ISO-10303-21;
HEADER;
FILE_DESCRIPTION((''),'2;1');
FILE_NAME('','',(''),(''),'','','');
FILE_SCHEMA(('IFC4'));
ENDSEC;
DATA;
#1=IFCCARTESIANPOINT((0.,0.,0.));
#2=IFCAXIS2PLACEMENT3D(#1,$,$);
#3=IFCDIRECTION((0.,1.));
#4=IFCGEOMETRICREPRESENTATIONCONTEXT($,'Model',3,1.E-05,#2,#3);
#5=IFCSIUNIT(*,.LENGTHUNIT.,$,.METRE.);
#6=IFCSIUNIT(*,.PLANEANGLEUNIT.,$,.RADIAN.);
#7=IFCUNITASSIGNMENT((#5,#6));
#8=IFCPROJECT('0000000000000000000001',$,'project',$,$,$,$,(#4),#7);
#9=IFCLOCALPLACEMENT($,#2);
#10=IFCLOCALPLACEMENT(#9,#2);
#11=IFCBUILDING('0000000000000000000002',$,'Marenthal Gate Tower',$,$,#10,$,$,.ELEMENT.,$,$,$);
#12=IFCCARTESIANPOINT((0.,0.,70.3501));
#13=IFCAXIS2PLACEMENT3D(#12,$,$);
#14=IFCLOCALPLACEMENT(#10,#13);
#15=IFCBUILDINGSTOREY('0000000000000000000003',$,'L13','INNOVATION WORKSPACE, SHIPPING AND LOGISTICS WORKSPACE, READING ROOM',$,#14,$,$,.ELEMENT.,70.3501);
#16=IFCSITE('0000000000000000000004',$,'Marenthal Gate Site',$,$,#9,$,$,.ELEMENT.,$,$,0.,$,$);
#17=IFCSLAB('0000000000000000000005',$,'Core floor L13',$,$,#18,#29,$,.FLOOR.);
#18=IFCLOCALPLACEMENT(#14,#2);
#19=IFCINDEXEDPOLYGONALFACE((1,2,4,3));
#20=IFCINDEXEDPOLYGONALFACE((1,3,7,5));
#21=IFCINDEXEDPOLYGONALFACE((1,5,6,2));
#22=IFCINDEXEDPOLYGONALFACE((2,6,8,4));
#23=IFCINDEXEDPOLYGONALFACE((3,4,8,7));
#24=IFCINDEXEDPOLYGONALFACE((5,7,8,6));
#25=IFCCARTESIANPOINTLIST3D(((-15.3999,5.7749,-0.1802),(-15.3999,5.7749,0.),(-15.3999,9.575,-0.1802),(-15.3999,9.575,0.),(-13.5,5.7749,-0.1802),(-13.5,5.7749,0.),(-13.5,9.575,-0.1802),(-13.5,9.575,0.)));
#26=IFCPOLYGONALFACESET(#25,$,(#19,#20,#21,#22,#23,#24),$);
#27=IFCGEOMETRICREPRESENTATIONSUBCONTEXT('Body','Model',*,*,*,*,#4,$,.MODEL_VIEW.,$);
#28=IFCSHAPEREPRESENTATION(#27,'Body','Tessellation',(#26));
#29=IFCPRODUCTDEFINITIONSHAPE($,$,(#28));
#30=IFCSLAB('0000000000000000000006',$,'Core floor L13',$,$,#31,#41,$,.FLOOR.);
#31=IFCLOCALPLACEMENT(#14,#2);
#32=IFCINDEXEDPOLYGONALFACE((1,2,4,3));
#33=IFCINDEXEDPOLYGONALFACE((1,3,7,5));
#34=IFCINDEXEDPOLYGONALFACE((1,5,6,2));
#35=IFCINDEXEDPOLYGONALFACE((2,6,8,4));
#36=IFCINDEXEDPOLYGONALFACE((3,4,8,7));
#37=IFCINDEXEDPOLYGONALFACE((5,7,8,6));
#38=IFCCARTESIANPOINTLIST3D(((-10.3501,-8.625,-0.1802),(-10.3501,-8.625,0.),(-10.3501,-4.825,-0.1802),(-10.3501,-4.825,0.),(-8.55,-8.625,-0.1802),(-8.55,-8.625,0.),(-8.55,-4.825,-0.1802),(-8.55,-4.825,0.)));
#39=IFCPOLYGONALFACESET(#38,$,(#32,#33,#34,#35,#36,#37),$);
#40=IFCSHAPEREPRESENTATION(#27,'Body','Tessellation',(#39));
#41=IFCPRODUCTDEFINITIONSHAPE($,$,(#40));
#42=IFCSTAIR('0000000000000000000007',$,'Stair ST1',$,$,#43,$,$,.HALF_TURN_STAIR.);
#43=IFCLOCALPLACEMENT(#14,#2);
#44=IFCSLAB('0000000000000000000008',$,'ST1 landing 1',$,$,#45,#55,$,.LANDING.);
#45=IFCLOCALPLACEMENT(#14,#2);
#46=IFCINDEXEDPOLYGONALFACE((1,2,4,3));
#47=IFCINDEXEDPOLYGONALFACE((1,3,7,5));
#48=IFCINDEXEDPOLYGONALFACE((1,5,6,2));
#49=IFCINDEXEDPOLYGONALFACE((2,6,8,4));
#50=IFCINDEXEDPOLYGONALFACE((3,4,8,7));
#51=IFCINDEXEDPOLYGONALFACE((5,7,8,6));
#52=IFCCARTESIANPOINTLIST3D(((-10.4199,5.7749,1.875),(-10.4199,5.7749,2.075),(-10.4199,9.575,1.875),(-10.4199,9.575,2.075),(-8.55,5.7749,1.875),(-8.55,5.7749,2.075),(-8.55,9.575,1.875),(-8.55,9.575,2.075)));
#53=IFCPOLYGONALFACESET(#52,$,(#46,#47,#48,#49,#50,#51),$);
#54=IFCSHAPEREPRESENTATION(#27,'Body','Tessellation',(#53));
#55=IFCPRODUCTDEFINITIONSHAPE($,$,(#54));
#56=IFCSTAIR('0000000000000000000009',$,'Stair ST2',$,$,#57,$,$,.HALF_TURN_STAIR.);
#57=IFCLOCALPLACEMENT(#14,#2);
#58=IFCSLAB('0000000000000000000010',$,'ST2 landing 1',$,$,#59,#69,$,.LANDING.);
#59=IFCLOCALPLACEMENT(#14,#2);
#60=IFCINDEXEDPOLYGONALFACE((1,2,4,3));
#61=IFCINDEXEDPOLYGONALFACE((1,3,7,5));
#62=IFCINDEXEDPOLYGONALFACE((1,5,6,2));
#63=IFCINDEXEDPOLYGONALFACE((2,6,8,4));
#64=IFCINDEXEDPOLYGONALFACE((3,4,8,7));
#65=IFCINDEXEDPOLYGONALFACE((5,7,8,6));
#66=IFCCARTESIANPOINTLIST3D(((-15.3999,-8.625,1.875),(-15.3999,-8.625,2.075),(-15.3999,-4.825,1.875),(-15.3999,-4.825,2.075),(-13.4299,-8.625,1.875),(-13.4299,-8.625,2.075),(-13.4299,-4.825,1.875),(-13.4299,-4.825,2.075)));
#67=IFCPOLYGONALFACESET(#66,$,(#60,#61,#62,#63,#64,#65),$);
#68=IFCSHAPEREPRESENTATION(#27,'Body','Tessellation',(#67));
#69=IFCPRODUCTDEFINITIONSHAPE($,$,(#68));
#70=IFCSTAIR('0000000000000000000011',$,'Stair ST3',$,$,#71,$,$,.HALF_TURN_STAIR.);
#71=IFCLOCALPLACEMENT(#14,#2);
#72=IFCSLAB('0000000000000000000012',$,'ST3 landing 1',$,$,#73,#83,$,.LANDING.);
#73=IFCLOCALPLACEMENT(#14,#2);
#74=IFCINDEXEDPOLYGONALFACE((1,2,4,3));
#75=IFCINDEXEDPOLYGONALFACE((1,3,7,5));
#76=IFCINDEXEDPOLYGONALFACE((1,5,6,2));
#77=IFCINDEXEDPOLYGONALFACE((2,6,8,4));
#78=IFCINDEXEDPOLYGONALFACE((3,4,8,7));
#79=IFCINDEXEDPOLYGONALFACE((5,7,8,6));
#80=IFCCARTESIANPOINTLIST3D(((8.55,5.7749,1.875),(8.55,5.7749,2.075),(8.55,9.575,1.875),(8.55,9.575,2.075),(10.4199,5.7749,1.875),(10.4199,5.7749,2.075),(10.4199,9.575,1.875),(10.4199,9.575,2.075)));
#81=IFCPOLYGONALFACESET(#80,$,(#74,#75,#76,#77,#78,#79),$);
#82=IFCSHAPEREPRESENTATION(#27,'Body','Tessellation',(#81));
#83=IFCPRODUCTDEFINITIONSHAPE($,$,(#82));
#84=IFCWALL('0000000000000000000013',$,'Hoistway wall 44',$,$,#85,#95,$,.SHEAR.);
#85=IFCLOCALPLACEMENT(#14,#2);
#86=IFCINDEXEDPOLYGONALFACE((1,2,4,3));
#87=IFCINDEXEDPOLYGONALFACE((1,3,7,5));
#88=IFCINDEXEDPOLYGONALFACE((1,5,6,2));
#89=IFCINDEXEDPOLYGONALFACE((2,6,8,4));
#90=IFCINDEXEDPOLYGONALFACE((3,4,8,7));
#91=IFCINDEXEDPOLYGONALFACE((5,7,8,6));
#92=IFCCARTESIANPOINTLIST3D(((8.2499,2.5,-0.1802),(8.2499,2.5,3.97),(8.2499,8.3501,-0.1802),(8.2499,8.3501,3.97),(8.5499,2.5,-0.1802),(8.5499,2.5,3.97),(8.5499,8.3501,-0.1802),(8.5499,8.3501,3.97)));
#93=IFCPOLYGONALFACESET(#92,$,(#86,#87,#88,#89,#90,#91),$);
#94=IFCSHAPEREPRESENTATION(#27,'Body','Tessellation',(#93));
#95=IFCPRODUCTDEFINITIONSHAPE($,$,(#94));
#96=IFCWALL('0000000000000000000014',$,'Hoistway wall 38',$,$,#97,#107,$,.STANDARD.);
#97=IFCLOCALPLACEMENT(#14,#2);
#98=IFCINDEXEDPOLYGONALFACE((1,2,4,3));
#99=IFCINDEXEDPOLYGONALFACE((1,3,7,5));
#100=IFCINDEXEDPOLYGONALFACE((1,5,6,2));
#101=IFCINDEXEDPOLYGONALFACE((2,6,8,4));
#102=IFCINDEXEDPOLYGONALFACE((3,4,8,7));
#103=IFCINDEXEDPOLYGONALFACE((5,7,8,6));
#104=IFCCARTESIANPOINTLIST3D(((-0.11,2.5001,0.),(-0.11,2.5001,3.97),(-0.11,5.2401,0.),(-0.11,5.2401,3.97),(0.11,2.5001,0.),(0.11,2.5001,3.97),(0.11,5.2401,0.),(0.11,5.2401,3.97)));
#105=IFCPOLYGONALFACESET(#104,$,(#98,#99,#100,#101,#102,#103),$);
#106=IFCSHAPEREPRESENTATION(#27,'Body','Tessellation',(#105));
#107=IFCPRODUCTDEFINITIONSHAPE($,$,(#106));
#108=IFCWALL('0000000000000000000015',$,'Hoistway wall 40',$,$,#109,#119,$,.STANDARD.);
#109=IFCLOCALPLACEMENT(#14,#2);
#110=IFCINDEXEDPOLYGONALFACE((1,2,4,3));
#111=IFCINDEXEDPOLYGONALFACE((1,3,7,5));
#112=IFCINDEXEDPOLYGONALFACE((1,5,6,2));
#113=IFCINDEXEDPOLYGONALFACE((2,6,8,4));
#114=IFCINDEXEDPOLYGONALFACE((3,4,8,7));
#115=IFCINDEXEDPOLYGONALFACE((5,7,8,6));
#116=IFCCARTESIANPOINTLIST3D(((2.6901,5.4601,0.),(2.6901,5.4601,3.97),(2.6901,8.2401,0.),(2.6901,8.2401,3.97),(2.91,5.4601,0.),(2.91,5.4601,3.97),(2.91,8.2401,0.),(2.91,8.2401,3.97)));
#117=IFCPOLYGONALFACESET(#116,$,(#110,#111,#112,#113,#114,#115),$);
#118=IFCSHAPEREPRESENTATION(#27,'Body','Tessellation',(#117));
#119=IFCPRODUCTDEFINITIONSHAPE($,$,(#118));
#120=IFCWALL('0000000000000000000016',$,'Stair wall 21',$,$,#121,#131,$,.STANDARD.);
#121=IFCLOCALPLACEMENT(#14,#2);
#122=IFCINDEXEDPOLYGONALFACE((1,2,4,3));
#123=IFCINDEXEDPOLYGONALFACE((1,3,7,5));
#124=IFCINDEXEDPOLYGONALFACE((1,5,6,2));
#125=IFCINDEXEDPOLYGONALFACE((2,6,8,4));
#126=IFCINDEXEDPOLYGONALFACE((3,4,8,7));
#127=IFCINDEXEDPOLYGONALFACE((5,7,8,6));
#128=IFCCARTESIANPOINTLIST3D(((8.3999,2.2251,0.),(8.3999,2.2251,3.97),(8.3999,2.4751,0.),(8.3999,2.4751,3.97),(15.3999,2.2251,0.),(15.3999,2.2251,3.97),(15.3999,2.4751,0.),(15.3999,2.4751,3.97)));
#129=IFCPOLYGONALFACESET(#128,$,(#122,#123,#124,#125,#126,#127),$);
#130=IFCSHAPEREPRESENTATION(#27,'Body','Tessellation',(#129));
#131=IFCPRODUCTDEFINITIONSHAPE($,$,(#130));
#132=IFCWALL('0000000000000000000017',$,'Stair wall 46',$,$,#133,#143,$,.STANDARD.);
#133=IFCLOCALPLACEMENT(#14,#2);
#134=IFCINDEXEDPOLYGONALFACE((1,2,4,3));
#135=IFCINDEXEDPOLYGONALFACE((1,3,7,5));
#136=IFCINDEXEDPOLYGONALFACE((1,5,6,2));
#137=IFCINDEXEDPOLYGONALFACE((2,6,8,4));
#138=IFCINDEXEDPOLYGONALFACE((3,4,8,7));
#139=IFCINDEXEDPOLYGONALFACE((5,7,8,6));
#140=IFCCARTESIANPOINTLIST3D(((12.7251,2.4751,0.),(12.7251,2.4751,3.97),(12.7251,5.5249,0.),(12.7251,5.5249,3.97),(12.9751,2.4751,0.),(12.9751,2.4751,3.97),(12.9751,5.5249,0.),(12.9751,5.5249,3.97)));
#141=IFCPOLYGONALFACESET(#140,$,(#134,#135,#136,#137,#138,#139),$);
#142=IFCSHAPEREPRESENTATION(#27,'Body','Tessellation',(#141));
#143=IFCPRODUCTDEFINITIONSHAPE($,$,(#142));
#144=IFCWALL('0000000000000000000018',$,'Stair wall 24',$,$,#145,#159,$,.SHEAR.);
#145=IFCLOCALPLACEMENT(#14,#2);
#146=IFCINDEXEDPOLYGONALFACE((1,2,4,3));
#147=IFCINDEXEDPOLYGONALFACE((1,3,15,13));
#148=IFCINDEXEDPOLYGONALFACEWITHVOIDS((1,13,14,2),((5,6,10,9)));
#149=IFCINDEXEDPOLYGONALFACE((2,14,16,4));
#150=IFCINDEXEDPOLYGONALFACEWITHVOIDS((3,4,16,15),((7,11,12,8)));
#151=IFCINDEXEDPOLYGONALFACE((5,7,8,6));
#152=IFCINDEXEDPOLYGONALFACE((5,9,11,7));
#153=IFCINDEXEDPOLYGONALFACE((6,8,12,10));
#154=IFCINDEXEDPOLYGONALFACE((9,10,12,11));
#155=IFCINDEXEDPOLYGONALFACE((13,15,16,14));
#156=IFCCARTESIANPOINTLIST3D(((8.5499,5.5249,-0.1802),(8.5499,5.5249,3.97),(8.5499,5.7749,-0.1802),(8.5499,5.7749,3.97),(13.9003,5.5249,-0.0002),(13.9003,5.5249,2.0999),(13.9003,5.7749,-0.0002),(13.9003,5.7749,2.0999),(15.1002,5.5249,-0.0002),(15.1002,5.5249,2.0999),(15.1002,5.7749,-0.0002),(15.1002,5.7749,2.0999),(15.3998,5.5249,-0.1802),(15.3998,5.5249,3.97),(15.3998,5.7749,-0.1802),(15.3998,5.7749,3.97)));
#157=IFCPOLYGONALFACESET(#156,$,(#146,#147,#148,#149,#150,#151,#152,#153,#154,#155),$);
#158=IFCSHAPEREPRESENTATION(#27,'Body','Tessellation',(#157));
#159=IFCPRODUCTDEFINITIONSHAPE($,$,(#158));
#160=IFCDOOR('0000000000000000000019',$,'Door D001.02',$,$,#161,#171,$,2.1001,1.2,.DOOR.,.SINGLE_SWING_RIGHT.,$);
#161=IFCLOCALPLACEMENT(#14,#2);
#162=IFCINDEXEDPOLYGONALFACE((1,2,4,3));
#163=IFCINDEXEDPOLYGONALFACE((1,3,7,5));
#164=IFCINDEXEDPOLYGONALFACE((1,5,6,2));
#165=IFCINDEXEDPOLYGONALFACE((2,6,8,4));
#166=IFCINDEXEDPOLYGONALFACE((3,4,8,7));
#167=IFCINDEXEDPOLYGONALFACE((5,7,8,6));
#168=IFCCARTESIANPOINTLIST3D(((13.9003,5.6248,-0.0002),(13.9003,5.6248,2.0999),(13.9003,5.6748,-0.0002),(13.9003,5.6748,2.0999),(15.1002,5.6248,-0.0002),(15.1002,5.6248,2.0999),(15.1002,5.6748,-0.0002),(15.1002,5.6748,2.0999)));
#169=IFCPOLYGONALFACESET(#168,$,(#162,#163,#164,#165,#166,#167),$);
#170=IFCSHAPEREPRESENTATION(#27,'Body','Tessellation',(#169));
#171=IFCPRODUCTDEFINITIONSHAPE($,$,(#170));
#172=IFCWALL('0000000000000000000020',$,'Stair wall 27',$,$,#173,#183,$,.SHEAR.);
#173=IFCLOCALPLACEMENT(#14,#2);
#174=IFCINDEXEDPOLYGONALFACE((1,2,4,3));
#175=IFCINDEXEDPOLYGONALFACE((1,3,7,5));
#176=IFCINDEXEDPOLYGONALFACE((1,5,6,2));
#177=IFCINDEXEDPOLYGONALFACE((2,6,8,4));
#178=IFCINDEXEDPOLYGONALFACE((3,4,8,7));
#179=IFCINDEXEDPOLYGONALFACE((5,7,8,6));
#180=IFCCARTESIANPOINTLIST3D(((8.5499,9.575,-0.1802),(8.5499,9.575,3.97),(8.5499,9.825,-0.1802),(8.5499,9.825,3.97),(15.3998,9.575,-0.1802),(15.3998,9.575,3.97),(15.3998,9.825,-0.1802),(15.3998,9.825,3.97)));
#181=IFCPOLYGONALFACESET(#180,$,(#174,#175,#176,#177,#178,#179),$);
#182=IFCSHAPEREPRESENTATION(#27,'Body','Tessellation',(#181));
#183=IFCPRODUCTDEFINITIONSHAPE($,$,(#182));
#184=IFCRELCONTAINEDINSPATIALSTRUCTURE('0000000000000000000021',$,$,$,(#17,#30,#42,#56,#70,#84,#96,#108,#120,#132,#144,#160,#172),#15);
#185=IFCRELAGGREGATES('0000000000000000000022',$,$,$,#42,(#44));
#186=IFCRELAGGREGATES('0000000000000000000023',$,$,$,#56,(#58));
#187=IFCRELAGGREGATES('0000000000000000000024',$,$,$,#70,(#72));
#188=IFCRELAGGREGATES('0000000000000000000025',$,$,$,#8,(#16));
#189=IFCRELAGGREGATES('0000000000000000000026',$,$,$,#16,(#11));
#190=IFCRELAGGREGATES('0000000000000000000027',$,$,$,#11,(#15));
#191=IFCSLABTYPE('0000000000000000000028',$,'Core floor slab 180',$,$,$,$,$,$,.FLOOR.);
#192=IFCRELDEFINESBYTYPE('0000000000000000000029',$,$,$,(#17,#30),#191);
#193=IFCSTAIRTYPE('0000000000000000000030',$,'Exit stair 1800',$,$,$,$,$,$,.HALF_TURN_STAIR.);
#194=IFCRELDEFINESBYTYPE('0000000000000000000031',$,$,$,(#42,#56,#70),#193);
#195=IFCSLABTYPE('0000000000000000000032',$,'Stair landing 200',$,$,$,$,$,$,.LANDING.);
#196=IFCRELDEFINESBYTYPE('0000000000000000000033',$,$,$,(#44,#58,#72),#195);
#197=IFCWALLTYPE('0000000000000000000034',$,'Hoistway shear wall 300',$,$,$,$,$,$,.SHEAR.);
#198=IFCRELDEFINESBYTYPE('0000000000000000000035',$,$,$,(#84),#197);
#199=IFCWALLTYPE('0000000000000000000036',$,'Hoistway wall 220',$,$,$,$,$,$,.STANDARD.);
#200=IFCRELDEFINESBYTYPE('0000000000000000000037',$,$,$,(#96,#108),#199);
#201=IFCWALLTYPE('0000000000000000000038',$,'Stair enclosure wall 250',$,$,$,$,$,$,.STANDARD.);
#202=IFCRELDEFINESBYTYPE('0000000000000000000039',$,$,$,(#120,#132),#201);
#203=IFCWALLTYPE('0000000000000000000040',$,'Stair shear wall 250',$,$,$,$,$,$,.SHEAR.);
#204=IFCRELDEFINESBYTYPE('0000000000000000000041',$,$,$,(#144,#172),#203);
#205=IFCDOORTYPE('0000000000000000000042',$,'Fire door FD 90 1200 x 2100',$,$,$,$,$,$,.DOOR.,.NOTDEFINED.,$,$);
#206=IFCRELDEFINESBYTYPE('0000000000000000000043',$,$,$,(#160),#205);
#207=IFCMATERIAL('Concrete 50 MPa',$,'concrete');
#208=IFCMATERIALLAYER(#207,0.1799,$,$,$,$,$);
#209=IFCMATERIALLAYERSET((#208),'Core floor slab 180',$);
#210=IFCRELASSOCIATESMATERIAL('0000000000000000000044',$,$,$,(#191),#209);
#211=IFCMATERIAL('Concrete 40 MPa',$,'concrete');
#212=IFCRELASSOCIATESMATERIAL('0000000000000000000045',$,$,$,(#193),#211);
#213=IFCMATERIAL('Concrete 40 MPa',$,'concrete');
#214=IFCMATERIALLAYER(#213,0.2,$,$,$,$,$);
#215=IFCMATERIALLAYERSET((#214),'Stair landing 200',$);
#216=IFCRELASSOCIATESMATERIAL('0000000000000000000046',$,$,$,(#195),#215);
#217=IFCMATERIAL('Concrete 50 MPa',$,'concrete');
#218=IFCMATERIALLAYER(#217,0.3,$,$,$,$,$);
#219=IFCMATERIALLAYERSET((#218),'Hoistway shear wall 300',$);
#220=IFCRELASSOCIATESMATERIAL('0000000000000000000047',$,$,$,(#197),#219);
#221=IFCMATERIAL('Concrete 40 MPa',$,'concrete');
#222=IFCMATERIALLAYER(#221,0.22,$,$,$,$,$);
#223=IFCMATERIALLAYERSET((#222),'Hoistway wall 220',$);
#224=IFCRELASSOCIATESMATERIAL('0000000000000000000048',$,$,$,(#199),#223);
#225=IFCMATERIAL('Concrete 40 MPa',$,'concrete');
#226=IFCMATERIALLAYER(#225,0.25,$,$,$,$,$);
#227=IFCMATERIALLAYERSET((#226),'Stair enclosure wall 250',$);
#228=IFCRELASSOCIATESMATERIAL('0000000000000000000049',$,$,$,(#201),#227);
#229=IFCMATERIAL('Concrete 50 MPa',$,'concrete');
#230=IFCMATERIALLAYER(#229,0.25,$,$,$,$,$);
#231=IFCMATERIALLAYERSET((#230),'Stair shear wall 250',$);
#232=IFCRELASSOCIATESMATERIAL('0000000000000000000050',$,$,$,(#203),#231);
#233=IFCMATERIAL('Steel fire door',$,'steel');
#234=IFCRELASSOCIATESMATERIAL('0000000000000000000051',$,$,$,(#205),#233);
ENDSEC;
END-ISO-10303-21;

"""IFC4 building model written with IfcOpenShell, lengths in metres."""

from ifc_helpers import new_model, si_unit, direction, frame, frame_2d, origin, place, context, subcontext, project, spatial, polyline, rectangle, outline, extrude, material, layer, layer_set, type_object, element, fill, aggregate, save


model = new_model("IFC4")

# Units and contexts
model_context = context("Model", 3, precision=1e-05, world=origin(), true_north=direction((0.0, 1.0)))
body_context = subcontext(model_context, "Body", "Model", "MODEL_VIEW")
ifc_project = project(units=[si_unit("LENGTHUNIT", "METRE"), si_unit("PLANEANGLEUNIT", "RADIAN")], contexts=[model_context])

# Site, building, storey
site_placement = place(None, origin())
site = spatial("IfcSite", under=ifc_project, at=site_placement, Name="Marenthal Gate Site", CompositionType="ELEMENT", RefElevation=0.0)
building_placement = place(site_placement, origin())
building = spatial("IfcBuilding", under=site, at=building_placement, Name="Marenthal Gate Tower", CompositionType="ELEMENT")
storey_placement = place(building_placement, frame((0.0, 0.0, 70.3501)))
storey = spatial("IfcBuildingStorey", under=building, at=storey_placement, Name="L13", Description="INNOVATION WORKSPACE, SHIPPING AND LOGISTICS WORKSPACE, READING ROOM", CompositionType="ELEMENT", Elevation=70.3501)

# Slabs
ifc_material_1 = material(Name="Concrete 50 MPa", Category="concrete")
ifc_layer_1 = layer(ifc_material_1, 0.1799)
ifc_layer_set_1 = layer_set([ifc_layer_1], Name="Core floor slab 180")
slab_type_1 = type_object("IfcSlabType", Name="Core floor slab 180", PredefinedType="FLOOR", material=ifc_layer_set_1)
slab_1_placement = place(storey_placement, frame((0.0, 0.0, -0.1802)))
element("IfcSlab", 1, at=slab_1_placement, inside=storey, type_object=slab_type_1, Name="Core floor L13", PredefinedType="FLOOR", context=body_context, shape_type="SweptSolid", body=[
    extrude(outline(polyline([(-15.3999, 9.575), (-13.5, 9.575), (-13.5, 5.7749), (-15.3999, 5.7749), (-15.3999, 9.575)])), origin(), (0.0, 0.0, 1.0), 0.1802),
])
slab_2_placement = place(storey_placement, frame((0.0, 0.0, -0.1802)))
element("IfcSlab", 2, at=slab_2_placement, inside=storey, type_object=slab_type_1, Name="Core floor L13", PredefinedType="FLOOR", context=body_context, shape_type="SweptSolid", body=[
    extrude(outline(polyline([(-8.55, -8.625), (-10.3501, -8.625), (-10.3501, -4.825), (-8.55, -4.825), (-8.55, -8.625)])), origin(), (0.0, 0.0, 1.0), 0.1802),
])

# Stairs, slabs
ifc_material_2 = material(Name="Concrete 40 MPa", Category="concrete")
stair_type = type_object("IfcStairType", Name="Exit stair 1800", PredefinedType="HALF_TURN_STAIR", material=ifc_material_2)
stair_1_placement = place(storey_placement, origin())
stair_1 = element("IfcStair", 3, at=stair_1_placement, inside=storey, type_object=stair_type, Name="Stair ST1", PredefinedType="HALF_TURN_STAIR")
ifc_material_3 = material(Name="Concrete 40 MPa", Category="concrete")
ifc_layer_2 = layer(ifc_material_3, 0.2)
ifc_layer_set_2 = layer_set([ifc_layer_2], Name="Stair landing 200")
slab_type_2 = type_object("IfcSlabType", Name="Stair landing 200", PredefinedType="LANDING", material=ifc_layer_set_2)
slab_3_placement = place(storey_placement, frame((0.0, 0.0, 1.875)))
slab_3 = element("IfcSlab", 4, at=slab_3_placement, type_object=slab_type_2, Name="ST1 landing 1", PredefinedType="LANDING", context=body_context, shape_type="SweptSolid", body=[
    extrude(outline(polyline([(-10.4199, 5.7749), (-8.55, 5.7749), (-8.55, 9.575), (-10.4199, 9.575), (-10.4199, 5.7749)])), origin(), (0.0, 0.0, 1.0), 0.2),
])
aggregate(stair_1, [slab_3])
stair_2_placement = place(storey_placement, origin())
stair_2 = element("IfcStair", 5, at=stair_2_placement, inside=storey, type_object=stair_type, Name="Stair ST2", PredefinedType="HALF_TURN_STAIR")
slab_4_placement = place(storey_placement, frame((0.0, 0.0, 1.875)))
slab_4 = element("IfcSlab", 6, at=slab_4_placement, type_object=slab_type_2, Name="ST2 landing 1", PredefinedType="LANDING", context=body_context, shape_type="SweptSolid", body=[
    extrude(outline(polyline([(-15.3999, -8.625), (-13.4299, -8.625), (-13.4299, -4.825), (-15.3999, -4.825), (-15.3999, -8.625)])), origin(), (0.0, 0.0, 1.0), 0.2),
])
aggregate(stair_2, [slab_4])
stair_3_placement = place(storey_placement, origin())
stair_3 = element("IfcStair", 7, at=stair_3_placement, inside=storey, type_object=stair_type, Name="Stair ST3", PredefinedType="HALF_TURN_STAIR")
slab_5_placement = place(storey_placement, frame((0.0, 0.0, 1.875)))
slab_5 = element("IfcSlab", 8, at=slab_5_placement, type_object=slab_type_2, Name="ST3 landing 1", PredefinedType="LANDING", context=body_context, shape_type="SweptSolid", body=[
    extrude(outline(polyline([(8.55, 5.7749), (10.4199, 5.7749), (10.4199, 9.575), (8.55, 9.575), (8.55, 5.7749)])), origin(), (0.0, 0.0, 1.0), 0.2),
])

# Walls
ifc_material_4 = material(Name="Concrete 50 MPa", Category="concrete")
ifc_layer_3 = layer(ifc_material_4, 0.3)
ifc_layer_set_3 = layer_set([ifc_layer_3], Name="Hoistway shear wall 300")
wall_type_1 = type_object("IfcWallType", Name="Hoistway shear wall 300", PredefinedType="SHEAR", material=ifc_layer_set_3)
wall_1_placement = place(storey_placement, frame((8.3999, 2.5, -0.1802), z_axis=(0.0, 0.0, 1.0), x_axis=(0.0, 1.0, 0.0)))
element("IfcWall", 9, at=wall_1_placement, inside=storey, type_object=wall_type_1, Name="Hoistway wall 44", PredefinedType="SHEAR", context=body_context, shape_type="SweptSolid", body=[
    extrude(rectangle(XDim=5.8501, YDim=0.3, at=frame_2d((2.925, 0.0))), origin(), (0.0, 0.0, 1.0), 4.1501),
])
ifc_material_5 = material(Name="Concrete 40 MPa", Category="concrete")
ifc_layer_4 = layer(ifc_material_5, 0.22)
ifc_layer_set_4 = layer_set([ifc_layer_4], Name="Hoistway wall 220")
wall_type_2 = type_object("IfcWallType", Name="Hoistway wall 220", PredefinedType="STANDARD", material=ifc_layer_set_4)
wall_2_placement = place(storey_placement, frame((0.0, 2.5, 0.0), z_axis=(0.0, 0.0, 1.0), x_axis=(0.0, 1.0, 0.0)))
element("IfcWall", 10, at=wall_2_placement, inside=storey, type_object=wall_type_2, Name="Hoistway wall 38", PredefinedType="STANDARD", context=body_context, shape_type="SweptSolid", body=[
    extrude(rectangle(XDim=2.74, YDim=0.22, at=frame_2d((1.3701, 0.0))), origin(), (0.0, 0.0, 1.0), 3.97),
])
wall_3_placement = place(storey_placement, frame((2.8, 5.46, 0.0), z_axis=(0.0, 0.0, 1.0), x_axis=(0.0, 1.0, 0.0)))
element("IfcWall", 11, at=wall_3_placement, inside=storey, type_object=wall_type_2, Name="Hoistway wall 40", PredefinedType="STANDARD", context=body_context, shape_type="SweptSolid", body=[
    extrude(rectangle(XDim=2.78, YDim=0.22, at=frame_2d((1.3901, 0.0))), origin(), (0.0, 0.0, 1.0), 3.97),
])
ifc_material_6 = material(Name="Concrete 40 MPa", Category="concrete")
ifc_layer_5 = layer(ifc_material_6, 0.25)
ifc_layer_set_5 = layer_set([ifc_layer_5], Name="Stair enclosure wall 250")
wall_type_3 = type_object("IfcWallType", Name="Stair enclosure wall 250", PredefinedType="STANDARD", material=ifc_layer_set_5)
wall_4_placement = place(storey_placement, frame((8.3999, 2.3501, 0.0), z_axis=(0.0, 0.0, 1.0), x_axis=(1.0, 0.0, 0.0)))
element("IfcWall", 12, at=wall_4_placement, inside=storey, type_object=wall_type_3, Name="Stair wall 21", PredefinedType="STANDARD", context=body_context, shape_type="SweptSolid", body=[
    extrude(rectangle(XDim=7.0, YDim=0.25, at=frame_2d((3.5, 0.0))), origin(), (0.0, 0.0, 1.0), 3.97),
])
wall_5_placement = place(storey_placement, frame((12.8501, 2.4751, 0.0), z_axis=(0.0, 0.0, 1.0), x_axis=(0.0, 1.0, 0.0)))
element("IfcWall", 13, at=wall_5_placement, inside=storey, type_object=wall_type_3, Name="Stair wall 46", PredefinedType="STANDARD", context=body_context, shape_type="SweptSolid", body=[
    extrude(rectangle(XDim=3.0498, YDim=0.25, at=frame_2d((1.5249, 0.0))), origin(), (0.0, 0.0, 1.0), 3.97),
])

# Wall, opening, door
ifc_material_7 = material(Name="Concrete 50 MPa", Category="concrete")
ifc_layer_6 = layer(ifc_material_7, 0.25)
ifc_layer_set_6 = layer_set([ifc_layer_6], Name="Stair shear wall 250")
wall_type_4 = type_object("IfcWallType", Name="Stair shear wall 250", PredefinedType="SHEAR", material=ifc_layer_set_6)
wall_6_placement = place(storey_placement, frame((8.55, 5.6499, -0.1802), z_axis=(0.0, 0.0, 1.0), x_axis=(1.0, 0.0, 0.0)))
wall_6 = element("IfcWall", 14, at=wall_6_placement, inside=storey, type_object=wall_type_4, Name="Stair wall 24", PredefinedType="SHEAR", context=body_context, shape_type="SweptSolid", body=[
    extrude(rectangle(XDim=6.8499, YDim=0.25, at=frame_2d((3.4248, 0.0))), origin(), (0.0, 0.0, 1.0), 4.1501),
])
opening_placement = place(wall_6_placement, frame((5.3501, 0.0, 0.1799)))
opening = element("IfcOpeningElement", 15, at=opening_placement, cuts=wall_6, PredefinedType="OPENING", context=body_context, shape_type="SweptSolid", body=[
    extrude(rectangle(XDim=1.2, YDim=2.1001, at=frame_2d((0.6001, 1.05))), frame((0.0, 0.135, 0.0), z_axis=(0.0, -1.0, 0.0), x_axis=(1.0, 0.0, 0.0)), (0.0, 0.0, 1.0), 0.27),
])
ifc_material_8 = material(Name="Steel fire door", Category="steel")
door_type = type_object("IfcDoorType", Name="Fire door FD 90 1200 x 2100", OperationType="NOTDEFINED", PredefinedType="DOOR", material=ifc_material_8)
door_placement = place(opening_placement, origin())
door = element("IfcDoor", 16, at=door_placement, inside=storey, type_object=door_type, Name="Door D001.02", OperationType="SINGLE_SWING_RIGHT", OverallHeight=2.1001, OverallWidth=1.2, PredefinedType="DOOR", context=body_context, shape_type="SweptSolid", body=[
    extrude(rectangle(XDim=1.2, YDim=2.1001, at=frame_2d((0.6001, 1.05))), frame((0.0, 0.0249, 0.0), z_axis=(0.0, -1.0, 0.0), x_axis=(1.0, 0.0, 0.0)), (0.0, 0.0, 1.0), 0.05),
])
fill(opening, door)

# Wall
wall_7_placement = place(storey_placement, frame((8.55, 9.7, -0.1802), z_axis=(0.0, 0.0, 1.0), x_axis=(1.0, 0.0, 0.0)))
element("IfcWall", 17, at=wall_7_placement, inside=storey, type_object=wall_type_4, Name="Stair wall 27", PredefinedType="SHEAR", context=body_context, shape_type="SweptSolid", body=[
    extrude(rectangle(XDim=6.8499, YDim=0.25, at=frame_2d((3.4248, 0.0))), origin(), (0.0, 0.0, 1.0), 4.1501),
])

aggregate(stair_3, [slab_5])

save(model, "model.ifc")
